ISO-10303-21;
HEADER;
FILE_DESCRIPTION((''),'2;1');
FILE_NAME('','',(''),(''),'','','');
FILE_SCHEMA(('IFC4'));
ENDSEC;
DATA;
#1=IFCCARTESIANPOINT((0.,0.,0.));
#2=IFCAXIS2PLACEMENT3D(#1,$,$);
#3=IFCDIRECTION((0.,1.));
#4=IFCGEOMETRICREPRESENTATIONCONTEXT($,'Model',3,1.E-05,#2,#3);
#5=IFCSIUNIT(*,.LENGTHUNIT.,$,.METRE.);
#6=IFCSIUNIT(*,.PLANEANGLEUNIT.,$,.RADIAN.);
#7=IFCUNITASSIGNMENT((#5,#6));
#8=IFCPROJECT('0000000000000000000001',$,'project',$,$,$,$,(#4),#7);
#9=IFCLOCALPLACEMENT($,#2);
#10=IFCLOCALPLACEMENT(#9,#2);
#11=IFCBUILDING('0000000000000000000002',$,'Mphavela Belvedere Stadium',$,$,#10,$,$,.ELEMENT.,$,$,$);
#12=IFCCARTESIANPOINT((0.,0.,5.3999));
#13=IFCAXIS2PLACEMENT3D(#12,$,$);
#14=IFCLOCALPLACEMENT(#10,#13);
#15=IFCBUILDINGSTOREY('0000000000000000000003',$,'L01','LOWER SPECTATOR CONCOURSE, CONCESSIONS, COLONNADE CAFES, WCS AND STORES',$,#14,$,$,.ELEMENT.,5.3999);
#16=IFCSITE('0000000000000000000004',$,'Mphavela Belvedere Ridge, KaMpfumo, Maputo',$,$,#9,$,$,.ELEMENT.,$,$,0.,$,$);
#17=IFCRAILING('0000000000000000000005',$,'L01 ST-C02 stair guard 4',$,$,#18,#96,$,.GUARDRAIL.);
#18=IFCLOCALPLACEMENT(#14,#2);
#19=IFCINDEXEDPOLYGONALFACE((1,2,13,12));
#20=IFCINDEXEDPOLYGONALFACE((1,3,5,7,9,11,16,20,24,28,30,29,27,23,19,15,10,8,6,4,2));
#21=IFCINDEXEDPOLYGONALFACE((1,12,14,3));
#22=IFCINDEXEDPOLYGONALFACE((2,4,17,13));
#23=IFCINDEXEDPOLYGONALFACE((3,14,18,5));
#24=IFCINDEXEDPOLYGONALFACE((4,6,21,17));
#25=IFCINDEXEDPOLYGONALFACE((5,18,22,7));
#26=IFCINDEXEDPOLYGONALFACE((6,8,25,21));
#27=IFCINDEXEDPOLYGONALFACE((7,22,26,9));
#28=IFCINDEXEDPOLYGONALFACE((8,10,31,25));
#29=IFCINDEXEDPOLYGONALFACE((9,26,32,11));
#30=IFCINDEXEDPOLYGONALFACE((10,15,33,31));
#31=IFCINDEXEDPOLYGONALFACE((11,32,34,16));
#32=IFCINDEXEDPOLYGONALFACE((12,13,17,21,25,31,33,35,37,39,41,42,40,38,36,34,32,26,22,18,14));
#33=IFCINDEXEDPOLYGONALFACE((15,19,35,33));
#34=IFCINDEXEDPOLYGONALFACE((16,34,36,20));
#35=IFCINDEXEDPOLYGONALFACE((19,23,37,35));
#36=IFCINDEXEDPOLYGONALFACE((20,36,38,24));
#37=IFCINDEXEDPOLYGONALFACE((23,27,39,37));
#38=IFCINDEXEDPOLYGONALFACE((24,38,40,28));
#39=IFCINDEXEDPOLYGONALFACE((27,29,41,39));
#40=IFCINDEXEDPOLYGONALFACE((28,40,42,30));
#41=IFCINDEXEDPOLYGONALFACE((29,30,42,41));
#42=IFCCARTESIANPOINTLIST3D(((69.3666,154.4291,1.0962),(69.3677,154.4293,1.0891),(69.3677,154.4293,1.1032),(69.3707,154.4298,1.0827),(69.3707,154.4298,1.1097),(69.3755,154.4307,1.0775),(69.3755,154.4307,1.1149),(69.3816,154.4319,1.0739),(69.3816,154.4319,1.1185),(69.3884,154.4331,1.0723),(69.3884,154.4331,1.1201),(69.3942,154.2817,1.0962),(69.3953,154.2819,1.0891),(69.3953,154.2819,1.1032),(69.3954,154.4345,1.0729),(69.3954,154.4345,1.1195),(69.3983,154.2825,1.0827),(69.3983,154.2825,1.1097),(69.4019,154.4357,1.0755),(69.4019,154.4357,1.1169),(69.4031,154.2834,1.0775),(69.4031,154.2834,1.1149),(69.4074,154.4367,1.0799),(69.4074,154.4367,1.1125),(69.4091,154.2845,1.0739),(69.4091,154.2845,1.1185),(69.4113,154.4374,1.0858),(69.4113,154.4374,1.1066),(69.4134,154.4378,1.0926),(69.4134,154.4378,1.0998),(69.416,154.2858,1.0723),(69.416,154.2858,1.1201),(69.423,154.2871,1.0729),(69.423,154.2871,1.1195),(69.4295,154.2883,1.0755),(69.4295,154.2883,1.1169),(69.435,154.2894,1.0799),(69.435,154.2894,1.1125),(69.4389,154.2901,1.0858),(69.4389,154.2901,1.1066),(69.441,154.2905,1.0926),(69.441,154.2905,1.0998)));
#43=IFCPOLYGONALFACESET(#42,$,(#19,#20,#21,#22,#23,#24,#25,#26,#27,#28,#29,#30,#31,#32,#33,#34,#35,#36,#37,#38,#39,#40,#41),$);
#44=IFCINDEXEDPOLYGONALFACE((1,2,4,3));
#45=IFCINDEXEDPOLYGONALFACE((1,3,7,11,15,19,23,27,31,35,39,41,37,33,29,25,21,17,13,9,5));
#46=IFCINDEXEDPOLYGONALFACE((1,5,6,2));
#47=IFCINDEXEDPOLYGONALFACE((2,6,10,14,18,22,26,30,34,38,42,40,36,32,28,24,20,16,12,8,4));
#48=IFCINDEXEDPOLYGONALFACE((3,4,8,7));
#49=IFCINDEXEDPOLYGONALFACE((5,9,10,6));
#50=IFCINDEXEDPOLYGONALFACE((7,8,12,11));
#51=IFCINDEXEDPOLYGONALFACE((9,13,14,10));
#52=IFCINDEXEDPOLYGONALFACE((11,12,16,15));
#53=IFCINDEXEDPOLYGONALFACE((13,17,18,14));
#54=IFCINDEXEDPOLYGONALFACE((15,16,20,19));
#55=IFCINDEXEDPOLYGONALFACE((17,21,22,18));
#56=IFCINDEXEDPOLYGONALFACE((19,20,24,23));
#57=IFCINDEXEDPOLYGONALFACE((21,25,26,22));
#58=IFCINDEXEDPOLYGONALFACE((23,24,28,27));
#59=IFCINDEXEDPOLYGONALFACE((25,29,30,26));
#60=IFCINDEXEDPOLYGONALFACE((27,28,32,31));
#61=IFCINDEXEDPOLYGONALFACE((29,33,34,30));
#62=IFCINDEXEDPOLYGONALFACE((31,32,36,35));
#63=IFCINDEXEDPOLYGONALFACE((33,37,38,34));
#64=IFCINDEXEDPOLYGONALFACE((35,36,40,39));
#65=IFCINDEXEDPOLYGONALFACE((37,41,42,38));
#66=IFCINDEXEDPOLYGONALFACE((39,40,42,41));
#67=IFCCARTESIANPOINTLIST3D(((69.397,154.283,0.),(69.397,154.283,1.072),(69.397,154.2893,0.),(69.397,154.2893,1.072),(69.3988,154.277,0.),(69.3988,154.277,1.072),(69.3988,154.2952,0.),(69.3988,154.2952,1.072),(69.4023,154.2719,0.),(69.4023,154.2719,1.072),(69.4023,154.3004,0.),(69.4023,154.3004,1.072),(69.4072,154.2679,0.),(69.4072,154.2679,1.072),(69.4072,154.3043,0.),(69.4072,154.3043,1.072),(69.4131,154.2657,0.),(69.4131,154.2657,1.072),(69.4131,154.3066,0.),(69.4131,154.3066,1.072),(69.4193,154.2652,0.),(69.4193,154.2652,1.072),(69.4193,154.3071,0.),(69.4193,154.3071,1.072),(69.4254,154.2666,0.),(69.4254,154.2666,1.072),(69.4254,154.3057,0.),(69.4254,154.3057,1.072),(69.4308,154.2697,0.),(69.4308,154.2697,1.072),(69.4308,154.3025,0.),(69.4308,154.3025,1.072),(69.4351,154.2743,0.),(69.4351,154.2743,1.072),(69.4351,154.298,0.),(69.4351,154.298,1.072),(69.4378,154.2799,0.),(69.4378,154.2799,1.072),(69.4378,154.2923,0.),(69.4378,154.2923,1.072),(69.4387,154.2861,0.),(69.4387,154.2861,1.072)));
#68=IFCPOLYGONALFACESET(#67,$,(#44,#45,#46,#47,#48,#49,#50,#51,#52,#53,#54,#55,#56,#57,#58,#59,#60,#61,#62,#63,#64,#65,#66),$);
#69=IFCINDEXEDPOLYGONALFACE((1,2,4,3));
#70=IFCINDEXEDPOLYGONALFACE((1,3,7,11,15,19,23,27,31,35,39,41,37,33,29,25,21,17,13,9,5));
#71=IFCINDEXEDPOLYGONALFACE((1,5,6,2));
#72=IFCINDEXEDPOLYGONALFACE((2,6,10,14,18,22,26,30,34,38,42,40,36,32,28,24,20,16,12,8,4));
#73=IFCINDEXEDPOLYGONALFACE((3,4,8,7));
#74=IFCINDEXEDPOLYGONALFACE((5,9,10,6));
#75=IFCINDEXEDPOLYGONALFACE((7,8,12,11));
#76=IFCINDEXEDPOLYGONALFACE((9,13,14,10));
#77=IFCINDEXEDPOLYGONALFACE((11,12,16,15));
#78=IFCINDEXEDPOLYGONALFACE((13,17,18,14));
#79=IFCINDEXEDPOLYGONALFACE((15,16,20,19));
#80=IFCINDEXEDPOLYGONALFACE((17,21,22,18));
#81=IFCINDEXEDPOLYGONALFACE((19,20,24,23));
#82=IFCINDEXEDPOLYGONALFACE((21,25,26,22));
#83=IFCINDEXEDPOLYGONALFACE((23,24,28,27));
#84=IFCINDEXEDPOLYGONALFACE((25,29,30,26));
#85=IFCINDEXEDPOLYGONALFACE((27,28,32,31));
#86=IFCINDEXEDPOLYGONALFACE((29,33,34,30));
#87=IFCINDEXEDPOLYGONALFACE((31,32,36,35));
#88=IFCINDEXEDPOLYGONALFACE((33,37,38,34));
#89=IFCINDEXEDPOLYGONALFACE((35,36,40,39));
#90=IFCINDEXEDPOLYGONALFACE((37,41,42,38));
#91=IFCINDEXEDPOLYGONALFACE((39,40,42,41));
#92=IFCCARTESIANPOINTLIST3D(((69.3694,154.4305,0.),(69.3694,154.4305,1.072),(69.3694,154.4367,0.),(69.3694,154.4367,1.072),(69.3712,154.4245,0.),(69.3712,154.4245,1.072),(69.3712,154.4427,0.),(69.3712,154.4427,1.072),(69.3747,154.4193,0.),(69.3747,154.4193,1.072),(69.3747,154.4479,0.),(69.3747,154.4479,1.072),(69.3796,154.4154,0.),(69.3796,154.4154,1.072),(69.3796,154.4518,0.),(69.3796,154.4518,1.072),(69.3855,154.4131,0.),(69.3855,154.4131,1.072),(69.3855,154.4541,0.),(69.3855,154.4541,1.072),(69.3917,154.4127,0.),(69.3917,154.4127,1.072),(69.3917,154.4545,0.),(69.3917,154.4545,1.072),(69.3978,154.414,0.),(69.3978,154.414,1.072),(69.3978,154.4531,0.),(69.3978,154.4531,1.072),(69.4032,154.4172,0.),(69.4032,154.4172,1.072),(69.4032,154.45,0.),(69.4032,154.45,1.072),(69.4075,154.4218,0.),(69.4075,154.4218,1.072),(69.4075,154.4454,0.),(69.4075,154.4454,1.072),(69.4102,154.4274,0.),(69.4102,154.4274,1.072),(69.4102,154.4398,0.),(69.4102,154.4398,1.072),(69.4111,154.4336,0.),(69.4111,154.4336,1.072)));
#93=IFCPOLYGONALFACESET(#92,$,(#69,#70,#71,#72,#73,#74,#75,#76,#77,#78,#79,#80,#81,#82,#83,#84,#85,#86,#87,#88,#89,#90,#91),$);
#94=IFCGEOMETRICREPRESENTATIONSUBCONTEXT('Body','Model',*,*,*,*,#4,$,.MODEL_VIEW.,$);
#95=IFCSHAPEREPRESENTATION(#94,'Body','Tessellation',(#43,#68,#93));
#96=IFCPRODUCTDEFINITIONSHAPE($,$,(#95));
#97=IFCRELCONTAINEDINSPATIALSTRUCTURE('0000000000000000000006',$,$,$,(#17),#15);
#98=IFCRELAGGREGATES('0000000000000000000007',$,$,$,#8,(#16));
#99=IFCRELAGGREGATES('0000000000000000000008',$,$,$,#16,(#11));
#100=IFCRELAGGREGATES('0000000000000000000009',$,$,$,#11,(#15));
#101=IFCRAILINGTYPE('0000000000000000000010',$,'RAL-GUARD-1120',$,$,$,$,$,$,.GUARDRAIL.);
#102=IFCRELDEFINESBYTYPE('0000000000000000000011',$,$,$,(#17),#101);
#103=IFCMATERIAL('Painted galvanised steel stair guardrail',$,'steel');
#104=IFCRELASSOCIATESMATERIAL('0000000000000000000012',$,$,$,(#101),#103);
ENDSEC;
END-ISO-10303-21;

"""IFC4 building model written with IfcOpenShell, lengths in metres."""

from ifc_helpers import new_model, si_unit, direction, frame, origin, origin_2d, place, context, subcontext, project, spatial, circle, extrude, material, type_object, element, save


model = new_model("IFC4")

# Units and contexts
model_context = context("Model", 3, precision=1e-05, world=origin(), true_north=direction((0.0, 1.0)))
body_context = subcontext(model_context, "Body", "Model", "MODEL_VIEW")
ifc_project = project(units=[si_unit("LENGTHUNIT", "METRE"), si_unit("PLANEANGLEUNIT", "RADIAN")], contexts=[model_context])

# Site, building, storey
site_placement = place(None, origin())
site = spatial("IfcSite", under=ifc_project, at=site_placement, Name="Mphavela Belvedere Ridge, KaMpfumo, Maputo", CompositionType="ELEMENT", RefElevation=0.0)
building_placement = place(site_placement, origin())
building = spatial("IfcBuilding", under=site, at=building_placement, Name="Mphavela Belvedere Stadium", CompositionType="ELEMENT")
storey_placement = place(building_placement, frame((0.0, 0.0, 5.3999)))
storey = spatial("IfcBuildingStorey", under=building, at=storey_placement, Name="L01", Description="LOWER SPECTATOR CONCOURSE, CONCESSIONS, COLONNADE CAFES, WCS AND STORES", CompositionType="ELEMENT", Elevation=5.3999)

# Railing
ifc_material_1 = material(Name="Painted galvanised steel stair guardrail", Category="steel")
railing_type_1 = type_object("IfcRailingType", Name="RAL-GUARD-1120", PredefinedType="GUARDRAIL", material=ifc_material_1)
railing_1_placement = place(storey_placement, frame((69.4177, 154.2861, 0.0)))
element("IfcRailing", 1, at=railing_1_placement, inside=storey, type_object=railing_type_1, Name="L01 ST-C02 stair guard 4", PredefinedType="GUARDRAIL", context=body_context, shape_type="SweptSolid", body=[
    extrude(circle(Radius=0.0239, at=origin_2d()), frame((0.0, 0.0, 1.0962), z_axis=(-0.183895, 0.982946, 0.0), x_axis=(-0.982946, -0.183895, 0.0)), (0.0, 0.0, 1.0), 0.1499),
    extrude(circle(Radius=0.021, at=origin_2d()), origin(), (0.0, 0.0, 1.0), 1.072),
    extrude(circle(Radius=0.021, at=origin_2d()), frame((-0.0276, 0.1475, 0.0)), (0.0, 0.0, 1.0), 1.072),
])

save(model, "model.ifc")
